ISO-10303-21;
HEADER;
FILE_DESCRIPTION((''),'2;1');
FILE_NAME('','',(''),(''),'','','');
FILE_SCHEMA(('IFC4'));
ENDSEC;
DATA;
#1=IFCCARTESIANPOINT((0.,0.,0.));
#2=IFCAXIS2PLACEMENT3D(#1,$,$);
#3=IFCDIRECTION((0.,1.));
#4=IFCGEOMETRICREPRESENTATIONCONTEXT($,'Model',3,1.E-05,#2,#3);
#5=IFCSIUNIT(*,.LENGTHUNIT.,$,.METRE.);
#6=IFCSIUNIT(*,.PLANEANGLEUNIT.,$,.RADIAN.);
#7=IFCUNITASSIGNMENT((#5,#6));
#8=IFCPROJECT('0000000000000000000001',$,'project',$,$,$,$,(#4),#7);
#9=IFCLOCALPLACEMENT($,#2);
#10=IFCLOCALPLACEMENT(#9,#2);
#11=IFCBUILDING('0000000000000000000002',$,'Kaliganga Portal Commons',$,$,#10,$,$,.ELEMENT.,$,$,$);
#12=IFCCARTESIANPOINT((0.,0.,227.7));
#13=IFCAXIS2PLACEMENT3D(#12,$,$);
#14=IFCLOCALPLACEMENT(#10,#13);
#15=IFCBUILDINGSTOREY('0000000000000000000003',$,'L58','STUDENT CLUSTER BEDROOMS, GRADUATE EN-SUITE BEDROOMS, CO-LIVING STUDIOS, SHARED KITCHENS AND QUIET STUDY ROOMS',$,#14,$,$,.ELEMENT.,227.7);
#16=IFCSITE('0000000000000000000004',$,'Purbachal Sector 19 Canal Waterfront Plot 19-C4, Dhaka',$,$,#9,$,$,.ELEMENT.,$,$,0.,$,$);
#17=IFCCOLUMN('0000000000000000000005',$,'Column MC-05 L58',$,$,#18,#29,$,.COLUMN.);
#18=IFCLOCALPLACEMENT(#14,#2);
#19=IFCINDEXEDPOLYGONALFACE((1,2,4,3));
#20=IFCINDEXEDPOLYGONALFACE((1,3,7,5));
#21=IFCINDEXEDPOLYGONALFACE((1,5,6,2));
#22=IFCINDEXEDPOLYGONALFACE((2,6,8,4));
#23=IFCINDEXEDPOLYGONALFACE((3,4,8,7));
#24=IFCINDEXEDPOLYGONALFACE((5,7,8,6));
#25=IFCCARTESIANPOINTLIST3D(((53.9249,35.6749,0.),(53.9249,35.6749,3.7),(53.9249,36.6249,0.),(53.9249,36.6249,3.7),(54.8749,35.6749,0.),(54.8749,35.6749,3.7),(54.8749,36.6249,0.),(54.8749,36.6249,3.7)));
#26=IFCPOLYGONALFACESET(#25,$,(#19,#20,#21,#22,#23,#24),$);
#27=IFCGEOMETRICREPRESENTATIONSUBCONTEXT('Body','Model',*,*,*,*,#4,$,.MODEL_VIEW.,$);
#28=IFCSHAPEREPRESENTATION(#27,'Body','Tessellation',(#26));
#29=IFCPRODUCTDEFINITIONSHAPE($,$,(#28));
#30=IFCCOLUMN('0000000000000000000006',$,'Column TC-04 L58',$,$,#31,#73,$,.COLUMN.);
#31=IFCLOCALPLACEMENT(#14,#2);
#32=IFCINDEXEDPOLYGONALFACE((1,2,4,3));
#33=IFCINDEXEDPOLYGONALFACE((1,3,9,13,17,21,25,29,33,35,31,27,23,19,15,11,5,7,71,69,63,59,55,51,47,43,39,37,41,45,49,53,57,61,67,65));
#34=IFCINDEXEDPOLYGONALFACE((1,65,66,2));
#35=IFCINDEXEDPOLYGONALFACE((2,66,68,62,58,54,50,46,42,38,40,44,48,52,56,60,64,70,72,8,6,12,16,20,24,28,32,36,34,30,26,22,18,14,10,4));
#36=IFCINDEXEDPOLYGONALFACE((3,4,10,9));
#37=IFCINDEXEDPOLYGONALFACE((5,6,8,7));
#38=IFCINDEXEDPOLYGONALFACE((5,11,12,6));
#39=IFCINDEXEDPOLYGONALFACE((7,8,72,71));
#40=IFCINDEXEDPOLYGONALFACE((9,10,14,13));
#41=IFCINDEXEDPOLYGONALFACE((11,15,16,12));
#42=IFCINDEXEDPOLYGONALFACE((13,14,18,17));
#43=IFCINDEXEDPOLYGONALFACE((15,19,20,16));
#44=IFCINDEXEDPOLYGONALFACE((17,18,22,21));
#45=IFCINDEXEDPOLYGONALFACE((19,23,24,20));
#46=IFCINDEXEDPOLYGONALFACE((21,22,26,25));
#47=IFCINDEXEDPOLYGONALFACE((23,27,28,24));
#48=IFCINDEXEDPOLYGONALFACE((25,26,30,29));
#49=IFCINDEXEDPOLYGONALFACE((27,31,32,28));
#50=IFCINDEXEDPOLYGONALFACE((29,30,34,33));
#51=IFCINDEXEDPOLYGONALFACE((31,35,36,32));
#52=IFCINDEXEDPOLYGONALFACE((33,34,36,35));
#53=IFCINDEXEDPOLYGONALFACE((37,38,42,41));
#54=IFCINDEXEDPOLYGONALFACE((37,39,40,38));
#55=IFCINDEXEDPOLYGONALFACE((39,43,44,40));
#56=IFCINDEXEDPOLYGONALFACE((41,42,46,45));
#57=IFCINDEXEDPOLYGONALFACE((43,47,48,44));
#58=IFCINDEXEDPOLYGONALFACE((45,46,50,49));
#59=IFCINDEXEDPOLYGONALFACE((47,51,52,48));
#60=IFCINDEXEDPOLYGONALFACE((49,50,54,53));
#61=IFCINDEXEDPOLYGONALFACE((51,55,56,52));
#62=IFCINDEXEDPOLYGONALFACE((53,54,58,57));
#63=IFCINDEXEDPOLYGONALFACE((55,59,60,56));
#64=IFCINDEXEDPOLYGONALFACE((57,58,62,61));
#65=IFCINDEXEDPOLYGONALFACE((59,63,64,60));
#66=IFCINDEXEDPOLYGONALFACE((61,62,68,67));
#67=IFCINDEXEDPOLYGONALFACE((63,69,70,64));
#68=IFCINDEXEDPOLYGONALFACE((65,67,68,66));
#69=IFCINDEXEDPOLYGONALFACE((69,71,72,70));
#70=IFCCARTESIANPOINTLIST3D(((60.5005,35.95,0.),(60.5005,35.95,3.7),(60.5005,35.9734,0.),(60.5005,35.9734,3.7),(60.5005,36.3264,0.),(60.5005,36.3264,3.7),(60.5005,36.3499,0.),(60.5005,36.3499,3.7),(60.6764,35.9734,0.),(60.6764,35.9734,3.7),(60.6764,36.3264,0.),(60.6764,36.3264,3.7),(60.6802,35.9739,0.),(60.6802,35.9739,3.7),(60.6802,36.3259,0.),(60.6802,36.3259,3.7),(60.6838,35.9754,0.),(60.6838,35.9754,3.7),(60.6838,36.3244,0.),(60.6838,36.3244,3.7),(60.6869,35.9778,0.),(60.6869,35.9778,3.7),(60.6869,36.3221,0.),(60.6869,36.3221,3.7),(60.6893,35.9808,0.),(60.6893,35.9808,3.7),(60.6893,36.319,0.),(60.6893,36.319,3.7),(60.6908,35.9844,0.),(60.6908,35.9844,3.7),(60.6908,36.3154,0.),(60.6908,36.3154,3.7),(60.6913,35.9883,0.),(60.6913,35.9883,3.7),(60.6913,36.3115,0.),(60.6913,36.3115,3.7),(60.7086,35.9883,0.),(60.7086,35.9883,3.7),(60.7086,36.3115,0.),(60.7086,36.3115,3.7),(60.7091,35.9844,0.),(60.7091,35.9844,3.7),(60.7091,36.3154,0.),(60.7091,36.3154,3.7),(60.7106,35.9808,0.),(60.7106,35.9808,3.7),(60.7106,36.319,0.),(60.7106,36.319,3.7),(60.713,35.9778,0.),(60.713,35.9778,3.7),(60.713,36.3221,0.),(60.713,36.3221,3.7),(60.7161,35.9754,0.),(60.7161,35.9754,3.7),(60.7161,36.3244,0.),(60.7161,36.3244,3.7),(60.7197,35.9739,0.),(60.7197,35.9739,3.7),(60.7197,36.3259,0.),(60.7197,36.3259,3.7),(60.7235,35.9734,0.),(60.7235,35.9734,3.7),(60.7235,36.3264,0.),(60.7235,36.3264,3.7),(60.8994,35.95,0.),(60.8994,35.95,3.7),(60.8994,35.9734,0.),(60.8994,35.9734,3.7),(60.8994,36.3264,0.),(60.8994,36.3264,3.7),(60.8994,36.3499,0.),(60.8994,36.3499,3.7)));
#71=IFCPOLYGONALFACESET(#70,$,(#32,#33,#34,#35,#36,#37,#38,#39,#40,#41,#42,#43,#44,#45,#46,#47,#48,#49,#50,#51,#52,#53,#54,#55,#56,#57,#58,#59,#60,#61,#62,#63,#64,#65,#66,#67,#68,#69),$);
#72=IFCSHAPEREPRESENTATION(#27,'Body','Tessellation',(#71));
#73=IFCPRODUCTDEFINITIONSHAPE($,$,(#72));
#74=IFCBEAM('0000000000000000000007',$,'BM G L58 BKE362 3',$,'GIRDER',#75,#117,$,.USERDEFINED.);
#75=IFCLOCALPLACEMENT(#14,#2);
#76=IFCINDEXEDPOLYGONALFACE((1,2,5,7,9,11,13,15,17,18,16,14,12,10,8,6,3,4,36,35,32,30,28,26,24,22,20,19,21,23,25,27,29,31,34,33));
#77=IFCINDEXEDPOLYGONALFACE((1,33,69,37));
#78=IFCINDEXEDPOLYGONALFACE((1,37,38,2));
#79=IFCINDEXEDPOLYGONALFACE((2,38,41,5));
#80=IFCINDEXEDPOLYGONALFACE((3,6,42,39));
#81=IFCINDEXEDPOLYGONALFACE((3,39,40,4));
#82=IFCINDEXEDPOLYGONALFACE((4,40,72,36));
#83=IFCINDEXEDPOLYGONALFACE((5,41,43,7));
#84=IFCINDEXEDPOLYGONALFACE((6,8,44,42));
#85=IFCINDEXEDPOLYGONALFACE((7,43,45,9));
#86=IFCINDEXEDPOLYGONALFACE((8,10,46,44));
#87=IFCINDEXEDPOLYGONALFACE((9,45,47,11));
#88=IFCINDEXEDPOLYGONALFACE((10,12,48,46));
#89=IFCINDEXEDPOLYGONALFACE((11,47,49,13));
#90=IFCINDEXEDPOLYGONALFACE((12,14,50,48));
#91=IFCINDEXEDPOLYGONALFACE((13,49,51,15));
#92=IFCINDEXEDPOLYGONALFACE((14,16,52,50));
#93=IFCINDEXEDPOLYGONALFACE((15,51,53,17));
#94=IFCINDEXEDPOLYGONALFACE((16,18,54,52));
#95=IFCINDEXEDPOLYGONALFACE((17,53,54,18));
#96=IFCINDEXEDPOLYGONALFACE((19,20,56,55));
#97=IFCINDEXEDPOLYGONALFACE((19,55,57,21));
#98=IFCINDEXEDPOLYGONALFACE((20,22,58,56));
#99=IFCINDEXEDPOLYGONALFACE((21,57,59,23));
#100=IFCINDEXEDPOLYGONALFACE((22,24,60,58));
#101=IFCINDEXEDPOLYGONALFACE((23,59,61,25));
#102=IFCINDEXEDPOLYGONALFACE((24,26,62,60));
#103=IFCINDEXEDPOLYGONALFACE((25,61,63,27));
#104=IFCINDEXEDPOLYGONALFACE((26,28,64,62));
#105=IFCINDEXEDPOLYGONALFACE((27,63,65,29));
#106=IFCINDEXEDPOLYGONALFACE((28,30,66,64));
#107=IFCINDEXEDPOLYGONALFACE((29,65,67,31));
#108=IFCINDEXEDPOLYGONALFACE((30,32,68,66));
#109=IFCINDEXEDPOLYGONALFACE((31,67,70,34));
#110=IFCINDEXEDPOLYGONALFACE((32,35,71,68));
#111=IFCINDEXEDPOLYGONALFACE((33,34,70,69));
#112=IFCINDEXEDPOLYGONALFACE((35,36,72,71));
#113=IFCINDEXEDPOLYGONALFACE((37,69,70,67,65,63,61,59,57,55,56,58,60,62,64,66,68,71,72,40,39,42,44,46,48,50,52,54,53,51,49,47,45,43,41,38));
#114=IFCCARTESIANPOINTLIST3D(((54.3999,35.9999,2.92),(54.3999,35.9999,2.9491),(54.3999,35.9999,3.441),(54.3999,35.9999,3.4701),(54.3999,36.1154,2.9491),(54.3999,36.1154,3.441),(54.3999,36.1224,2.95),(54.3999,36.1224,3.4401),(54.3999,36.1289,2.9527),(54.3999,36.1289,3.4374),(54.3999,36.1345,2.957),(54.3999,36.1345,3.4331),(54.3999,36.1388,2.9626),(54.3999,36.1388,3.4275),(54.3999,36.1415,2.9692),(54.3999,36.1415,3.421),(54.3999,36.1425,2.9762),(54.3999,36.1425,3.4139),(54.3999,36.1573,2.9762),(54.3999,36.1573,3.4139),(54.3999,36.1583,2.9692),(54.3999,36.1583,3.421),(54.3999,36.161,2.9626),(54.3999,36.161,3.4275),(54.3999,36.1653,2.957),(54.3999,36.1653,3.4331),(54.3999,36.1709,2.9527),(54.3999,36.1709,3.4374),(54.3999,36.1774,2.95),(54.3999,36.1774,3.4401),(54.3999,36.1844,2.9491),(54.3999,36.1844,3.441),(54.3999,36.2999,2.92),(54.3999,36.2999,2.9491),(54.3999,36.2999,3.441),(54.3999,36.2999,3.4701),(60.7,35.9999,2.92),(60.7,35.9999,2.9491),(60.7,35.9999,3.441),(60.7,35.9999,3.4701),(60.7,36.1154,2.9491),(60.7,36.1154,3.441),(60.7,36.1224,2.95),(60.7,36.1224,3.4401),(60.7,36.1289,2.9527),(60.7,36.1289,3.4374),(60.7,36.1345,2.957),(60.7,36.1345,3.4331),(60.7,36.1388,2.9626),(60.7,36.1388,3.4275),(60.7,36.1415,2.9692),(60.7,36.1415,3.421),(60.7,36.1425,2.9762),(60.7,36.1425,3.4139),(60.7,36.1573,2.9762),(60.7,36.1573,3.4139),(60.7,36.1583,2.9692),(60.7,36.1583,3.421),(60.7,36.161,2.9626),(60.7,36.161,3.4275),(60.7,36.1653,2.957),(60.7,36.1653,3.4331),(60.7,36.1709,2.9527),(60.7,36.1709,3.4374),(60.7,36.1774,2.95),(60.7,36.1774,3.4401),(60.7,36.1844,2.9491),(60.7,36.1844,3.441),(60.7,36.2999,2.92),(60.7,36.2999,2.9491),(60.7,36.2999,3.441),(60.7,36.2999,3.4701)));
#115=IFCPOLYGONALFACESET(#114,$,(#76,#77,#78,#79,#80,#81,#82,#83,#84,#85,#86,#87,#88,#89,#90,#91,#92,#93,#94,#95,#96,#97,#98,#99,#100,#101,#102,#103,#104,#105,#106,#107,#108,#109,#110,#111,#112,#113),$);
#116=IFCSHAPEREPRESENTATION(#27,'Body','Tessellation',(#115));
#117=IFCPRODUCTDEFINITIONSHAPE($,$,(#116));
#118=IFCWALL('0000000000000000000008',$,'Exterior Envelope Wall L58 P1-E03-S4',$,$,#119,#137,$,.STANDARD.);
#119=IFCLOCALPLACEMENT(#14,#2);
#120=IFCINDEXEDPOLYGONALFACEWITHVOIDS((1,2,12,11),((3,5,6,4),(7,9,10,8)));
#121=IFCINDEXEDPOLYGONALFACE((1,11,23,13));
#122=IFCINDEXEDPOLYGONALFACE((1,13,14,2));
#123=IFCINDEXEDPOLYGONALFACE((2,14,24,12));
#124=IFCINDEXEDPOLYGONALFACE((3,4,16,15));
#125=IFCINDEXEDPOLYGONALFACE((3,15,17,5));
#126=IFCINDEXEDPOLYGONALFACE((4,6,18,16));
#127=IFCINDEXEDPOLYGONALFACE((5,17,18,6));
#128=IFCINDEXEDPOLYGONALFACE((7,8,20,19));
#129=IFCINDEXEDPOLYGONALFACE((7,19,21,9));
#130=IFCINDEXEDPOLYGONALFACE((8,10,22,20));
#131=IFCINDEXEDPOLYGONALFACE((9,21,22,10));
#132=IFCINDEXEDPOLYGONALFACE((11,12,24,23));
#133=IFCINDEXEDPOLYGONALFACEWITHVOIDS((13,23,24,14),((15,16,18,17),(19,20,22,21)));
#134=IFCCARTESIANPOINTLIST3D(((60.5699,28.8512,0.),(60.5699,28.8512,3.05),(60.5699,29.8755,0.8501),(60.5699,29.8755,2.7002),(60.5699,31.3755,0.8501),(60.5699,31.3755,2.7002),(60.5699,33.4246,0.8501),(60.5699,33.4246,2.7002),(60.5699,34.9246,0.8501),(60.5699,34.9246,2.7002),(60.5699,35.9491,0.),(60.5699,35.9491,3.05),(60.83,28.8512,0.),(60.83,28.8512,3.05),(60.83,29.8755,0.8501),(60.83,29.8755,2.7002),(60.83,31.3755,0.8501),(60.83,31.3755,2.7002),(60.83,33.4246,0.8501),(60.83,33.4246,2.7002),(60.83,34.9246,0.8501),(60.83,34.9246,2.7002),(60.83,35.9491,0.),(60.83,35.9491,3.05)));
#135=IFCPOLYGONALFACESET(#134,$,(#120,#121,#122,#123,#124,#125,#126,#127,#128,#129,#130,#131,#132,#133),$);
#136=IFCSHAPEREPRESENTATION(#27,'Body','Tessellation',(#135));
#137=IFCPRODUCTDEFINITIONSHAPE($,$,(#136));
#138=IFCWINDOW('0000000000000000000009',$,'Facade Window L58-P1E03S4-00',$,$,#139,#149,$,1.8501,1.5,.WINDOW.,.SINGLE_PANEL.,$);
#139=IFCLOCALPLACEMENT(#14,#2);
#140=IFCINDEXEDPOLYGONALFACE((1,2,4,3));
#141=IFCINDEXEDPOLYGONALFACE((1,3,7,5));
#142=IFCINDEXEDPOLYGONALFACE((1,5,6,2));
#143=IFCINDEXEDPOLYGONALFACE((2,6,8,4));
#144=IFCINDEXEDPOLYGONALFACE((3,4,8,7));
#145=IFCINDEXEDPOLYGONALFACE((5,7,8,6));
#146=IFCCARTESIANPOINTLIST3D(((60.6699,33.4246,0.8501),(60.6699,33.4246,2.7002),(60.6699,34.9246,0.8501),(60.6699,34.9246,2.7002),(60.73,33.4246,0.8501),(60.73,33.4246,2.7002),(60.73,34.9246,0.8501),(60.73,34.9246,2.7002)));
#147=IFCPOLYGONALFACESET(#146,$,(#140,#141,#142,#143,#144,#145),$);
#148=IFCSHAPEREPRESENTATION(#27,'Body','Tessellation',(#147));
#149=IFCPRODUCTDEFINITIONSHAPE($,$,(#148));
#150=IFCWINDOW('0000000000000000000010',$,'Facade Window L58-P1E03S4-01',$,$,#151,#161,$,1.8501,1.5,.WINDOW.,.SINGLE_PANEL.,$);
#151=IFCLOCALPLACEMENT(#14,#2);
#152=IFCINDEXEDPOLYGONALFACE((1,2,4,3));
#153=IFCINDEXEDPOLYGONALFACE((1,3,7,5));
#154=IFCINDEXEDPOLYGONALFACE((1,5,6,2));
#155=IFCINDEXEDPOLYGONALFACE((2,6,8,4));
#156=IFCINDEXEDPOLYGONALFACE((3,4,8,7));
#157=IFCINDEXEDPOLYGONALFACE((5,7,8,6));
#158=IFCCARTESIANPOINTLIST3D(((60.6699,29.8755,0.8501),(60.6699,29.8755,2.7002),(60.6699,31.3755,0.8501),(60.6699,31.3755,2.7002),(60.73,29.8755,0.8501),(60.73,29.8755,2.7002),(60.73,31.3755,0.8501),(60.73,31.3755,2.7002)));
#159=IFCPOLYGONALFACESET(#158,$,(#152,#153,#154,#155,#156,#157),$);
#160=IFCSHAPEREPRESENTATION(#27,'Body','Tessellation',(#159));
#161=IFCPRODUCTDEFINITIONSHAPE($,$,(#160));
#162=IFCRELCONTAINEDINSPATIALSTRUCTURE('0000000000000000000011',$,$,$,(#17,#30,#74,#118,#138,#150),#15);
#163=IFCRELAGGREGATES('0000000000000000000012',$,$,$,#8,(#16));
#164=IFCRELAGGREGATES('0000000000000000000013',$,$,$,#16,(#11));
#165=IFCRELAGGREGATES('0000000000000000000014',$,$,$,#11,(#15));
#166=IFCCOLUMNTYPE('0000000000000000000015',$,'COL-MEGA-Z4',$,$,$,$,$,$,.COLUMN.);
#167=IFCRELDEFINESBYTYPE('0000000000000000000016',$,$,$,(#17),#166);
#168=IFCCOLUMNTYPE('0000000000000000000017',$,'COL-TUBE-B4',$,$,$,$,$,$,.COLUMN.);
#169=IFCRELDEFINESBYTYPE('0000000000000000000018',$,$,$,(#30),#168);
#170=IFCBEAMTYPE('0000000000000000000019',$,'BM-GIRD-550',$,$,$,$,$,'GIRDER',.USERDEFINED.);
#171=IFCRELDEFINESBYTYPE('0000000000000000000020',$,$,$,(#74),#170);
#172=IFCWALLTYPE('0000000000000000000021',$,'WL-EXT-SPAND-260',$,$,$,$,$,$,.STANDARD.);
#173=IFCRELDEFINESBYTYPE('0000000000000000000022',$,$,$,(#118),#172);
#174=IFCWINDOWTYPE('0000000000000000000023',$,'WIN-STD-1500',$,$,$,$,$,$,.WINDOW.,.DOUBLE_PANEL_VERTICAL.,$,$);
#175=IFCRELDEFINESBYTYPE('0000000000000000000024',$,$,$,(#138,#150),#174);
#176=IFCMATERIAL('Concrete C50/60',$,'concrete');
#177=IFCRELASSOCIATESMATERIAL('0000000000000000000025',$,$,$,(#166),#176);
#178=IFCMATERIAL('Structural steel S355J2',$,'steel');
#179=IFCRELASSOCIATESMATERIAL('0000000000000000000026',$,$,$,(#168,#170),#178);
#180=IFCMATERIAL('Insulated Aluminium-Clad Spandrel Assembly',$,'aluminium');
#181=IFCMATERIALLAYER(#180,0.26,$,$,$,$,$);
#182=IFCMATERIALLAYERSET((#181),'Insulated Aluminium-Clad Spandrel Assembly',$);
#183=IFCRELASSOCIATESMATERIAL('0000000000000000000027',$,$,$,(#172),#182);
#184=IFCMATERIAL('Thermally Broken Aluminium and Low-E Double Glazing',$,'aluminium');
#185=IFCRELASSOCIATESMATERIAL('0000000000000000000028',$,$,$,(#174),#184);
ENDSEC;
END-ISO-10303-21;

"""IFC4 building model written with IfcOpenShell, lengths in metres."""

from ifc_helpers import new_model, si_unit, direction, frame, frame_2d, origin, origin_2d, place, context, subcontext, project, spatial, rectangle, i_section, extrude, source, transform, mapped, material, layer, layer_set, material_profile, profile_set, type_object, element, fill, save


model = new_model("IFC4")

# Units and contexts
model_context = context("Model", 3, precision=1e-05, world=origin(), true_north=direction((0.0, 1.0)))
body_context = subcontext(model_context, "Body", "Model", "MODEL_VIEW")
ifc_project = project(units=[si_unit("LENGTHUNIT", "METRE"), si_unit("PLANEANGLEUNIT", "RADIAN")], contexts=[model_context])

# Site, building, storey
site_placement = place(None, origin())
site = spatial("IfcSite", under=ifc_project, at=site_placement, Name="Purbachal Sector 19 Canal Waterfront Plot 19-C4, Dhaka", CompositionType="ELEMENT", RefElevation=0.0)
building_placement = place(site_placement, origin())
building = spatial("IfcBuilding", under=site, at=building_placement, Name="Kaliganga Portal Commons", CompositionType="ELEMENT")
storey_placement = place(building_placement, frame((0.0, 0.0, 227.7)))
storey = spatial("IfcBuildingStorey", under=building, at=storey_placement, Name="L58", Description="STUDENT CLUSTER BEDROOMS, GRADUATE EN-SUITE BEDROOMS, CO-LIVING STUDIOS, SHARED KITCHENS AND QUIET STUDY ROOMS", CompositionType="ELEMENT", Elevation=227.7)

# Columns
ifc_material_1 = material(Name="Concrete C50/60", Category="concrete")
ifc_material_profile_1 = material_profile(ifc_material_1, rectangle(XDim=0.95, YDim=0.95, at=origin_2d()), Name="RC 950x950")
ifc_profile_set_1 = profile_set([ifc_material_profile_1], Name="Concrete C50/60")
column_type_1 = type_object("IfcColumnType", Name="COL-MEGA-Z4", PredefinedType="COLUMN", material=ifc_profile_set_1)
shared_shape_1 = source(origin(), body_context, "Body", "SweptSolid", [
    extrude(rectangle(XDim=0.95, YDim=0.95, at=origin_2d()), origin(), (0.0, 0.0, 1.0), 3.7),
])
column_1_placement = place(storey_placement, frame((54.3999, 36.1499, 0.0), z_axis=(0.0, 0.0, 1.0), x_axis=(1.0, 0.0, 0.0)))
element("IfcColumn", 1, at=column_1_placement, inside=storey, type_object=column_type_1, Name="Column MC-05 L58", PredefinedType="COLUMN", context=body_context, shape_type="MappedRepresentation", body=[
    mapped(shared_shape_1, transform((0.0, 0.0, 0.0), x_axis=(1.0, 0.0, 0.0), y_axis=(0.0, 1.0, 0.0), z_axis=(0.0, 0.0, 1.0), scale=1.0)),
])
ifc_material_2 = material(Name="Structural steel S355J2", Category="steel")
ifc_material_profile_2 = material_profile(ifc_material_2, i_section(OverallWidth=0.3989, OverallDepth=0.3999, WebThickness=0.0173, FlangeThickness=0.0234, FilletRadius=0.0149, at=origin_2d()), Name="HD 400x287")
ifc_profile_set_2 = profile_set([ifc_material_profile_2], Name="Structural steel S355J2 wide-flange")
column_type_2 = type_object("IfcColumnType", Name="COL-TUBE-B4", PredefinedType="COLUMN", material=ifc_profile_set_2)
shared_shape_2 = source(origin(), body_context, "Body", "SweptSolid", [
    extrude(i_section(OverallWidth=0.3989, OverallDepth=0.3999, WebThickness=0.0173, FlangeThickness=0.0234, FilletRadius=0.0149, at=origin_2d()), origin(), (0.0, 0.0, 1.0), 3.7),
])
column_2_placement = place(storey_placement, frame((60.7, 36.1499, 0.0), z_axis=(0.0, 0.0, 1.0), x_axis=(1.0, 0.0, 0.0)))
element("IfcColumn", 2, at=column_2_placement, inside=storey, type_object=column_type_2, Name="Column TC-04 L58", PredefinedType="COLUMN", context=body_context, shape_type="MappedRepresentation", body=[
    mapped(shared_shape_2, transform((0.0, 0.0, 0.0), x_axis=(1.0, 0.0, 0.0), y_axis=(0.0, 1.0, 0.0), z_axis=(0.0, 0.0, 1.0), scale=1.0)),
])

# Beam
ifc_material_profile_3 = material_profile(ifc_material_2, i_section(OverallWidth=0.3, OverallDepth=0.55, WebThickness=0.0149, FlangeThickness=0.0291, FilletRadius=0.0271, at=origin_2d()), Name="HE 550 B")
ifc_profile_set_3 = profile_set([ifc_material_profile_3], Name="Structural steel S355J2 wide-flange")
beam_type = type_object("IfcBeamType", Name="BM-GIRD-550", ElementType="GIRDER", PredefinedType="USERDEFINED", material=ifc_profile_set_3)
shared_shape_3 = source(origin(), body_context, "Body", "SweptSolid", [
    extrude(i_section(OverallWidth=0.3, OverallDepth=0.55, WebThickness=0.0149, FlangeThickness=0.0291, FilletRadius=0.0271, at=origin_2d()), origin(), (0.0, 0.0, 1.0), 6.3),
])
beam_placement = place(storey_placement, frame((54.3999, 36.1499, 3.1951), z_axis=(1.0, 0.0, 0.0), x_axis=(0.0, 1.0, 0.0)))
element("IfcBeam", 3, at=beam_placement, inside=storey, type_object=beam_type, Name="BM G L58 BKE362 3", ObjectType="GIRDER", PredefinedType="USERDEFINED", context=body_context, shape_type="MappedRepresentation", body=[
    mapped(shared_shape_3, transform((0.0, 0.0, 0.0), x_axis=(1.0, 0.0, 0.0), y_axis=(0.0, 1.0, 0.0), z_axis=(0.0, 0.0, 1.0), scale=1.0)),
])

# Wall, openings, windows
ifc_material_3 = material(Name="Insulated Aluminium-Clad Spandrel Assembly", Category="aluminium")
ifc_layer_1 = layer(ifc_material_3, 0.26)
ifc_layer_set_1 = layer_set([ifc_layer_1], Name="Insulated Aluminium-Clad Spandrel Assembly")
wall_type_1 = type_object("IfcWallType", Name="WL-EXT-SPAND-260", PredefinedType="STANDARD", material=ifc_layer_set_1)
wall_1_placement = place(storey_placement, frame((60.7, 35.949, 0.0), z_axis=(0.0, 0.0, 1.0), x_axis=(0.0, -1.0, 0.0)))
wall_1 = element("IfcWall", 4, at=wall_1_placement, inside=storey, type_object=wall_type_1, Name="Exterior Envelope Wall L58 P1-E03-S4", PredefinedType="STANDARD", context=body_context, shape_type="SweptSolid", body=[
    extrude(rectangle(XDim=7.0979, YDim=0.26, at=frame_2d((3.5488, 0.0))), origin(), (0.0, 0.0, 1.0), 3.05),
])
opening_1_placement = place(wall_1_placement, frame((1.0244, 0.0, 0.8501)))
opening_1 = element("IfcOpeningElement", 5, at=opening_1_placement, cuts=wall_1, PredefinedType="OPENING", context=body_context, shape_type="SweptSolid", body=[
    extrude(rectangle(XDim=1.5, YDim=1.8501, at=frame_2d((0.75, 0.925))), frame((0.0, 0.1401, 0.0), z_axis=(0.0, -1.0, 0.0), x_axis=(1.0, 0.0, 0.0)), (0.0, 0.0, 1.0), 0.28),
])
opening_2_placement = place(wall_1_placement, frame((4.5735, 0.0, 0.8501)))
opening_2 = element("IfcOpeningElement", 6, at=opening_2_placement, cuts=wall_1, PredefinedType="OPENING", context=body_context, shape_type="SweptSolid", body=[
    extrude(rectangle(XDim=1.5, YDim=1.8501, at=frame_2d((0.75, 0.925))), frame((0.0, 0.1401, 0.0), z_axis=(0.0, -1.0, 0.0), x_axis=(1.0, 0.0, 0.0)), (0.0, 0.0, 1.0), 0.28),
])
ifc_material_4 = material(Name="Thermally Broken Aluminium and Low-E Double Glazing", Category="aluminium")
window_type_1 = type_object("IfcWindowType", Name="WIN-STD-1500", PartitioningType="DOUBLE_PANEL_VERTICAL", PredefinedType="WINDOW", material=ifc_material_4)
window_1_placement = place(opening_1_placement, origin())
window_1 = element("IfcWindow", 7, at=window_1_placement, inside=storey, type_object=window_type_1, Name="Facade Window L58-P1E03S4-00", OverallHeight=1.8501, OverallWidth=1.5, PartitioningType="SINGLE_PANEL", PredefinedType="WINDOW", context=body_context, shape_type="SweptSolid", body=[
    extrude(rectangle(XDim=1.5, YDim=1.8501, at=frame_2d((0.75, 0.925))), frame((0.0, 0.03, 0.0), z_axis=(0.0, -1.0, 0.0), x_axis=(1.0, 0.0, 0.0)), (0.0, 0.0, 1.0), 0.0601),
])
fill(opening_1, window_1)
window_2_placement = place(opening_2_placement, origin())
window_2 = element("IfcWindow", 8, at=window_2_placement, inside=storey, type_object=window_type_1, Name="Facade Window L58-P1E03S4-01", OverallHeight=1.8501, OverallWidth=1.5, PartitioningType="SINGLE_PANEL", PredefinedType="WINDOW", context=body_context, shape_type="SweptSolid", body=[
    extrude(rectangle(XDim=1.5, YDim=1.8501, at=frame_2d((0.75, 0.925))), frame((0.0, 0.03, 0.0), z_axis=(0.0, -1.0, 0.0), x_axis=(1.0, 0.0, 0.0)), (0.0, 0.0, 1.0), 0.0601),
])
fill(opening_2, window_2)

save(model, "model.ifc")
